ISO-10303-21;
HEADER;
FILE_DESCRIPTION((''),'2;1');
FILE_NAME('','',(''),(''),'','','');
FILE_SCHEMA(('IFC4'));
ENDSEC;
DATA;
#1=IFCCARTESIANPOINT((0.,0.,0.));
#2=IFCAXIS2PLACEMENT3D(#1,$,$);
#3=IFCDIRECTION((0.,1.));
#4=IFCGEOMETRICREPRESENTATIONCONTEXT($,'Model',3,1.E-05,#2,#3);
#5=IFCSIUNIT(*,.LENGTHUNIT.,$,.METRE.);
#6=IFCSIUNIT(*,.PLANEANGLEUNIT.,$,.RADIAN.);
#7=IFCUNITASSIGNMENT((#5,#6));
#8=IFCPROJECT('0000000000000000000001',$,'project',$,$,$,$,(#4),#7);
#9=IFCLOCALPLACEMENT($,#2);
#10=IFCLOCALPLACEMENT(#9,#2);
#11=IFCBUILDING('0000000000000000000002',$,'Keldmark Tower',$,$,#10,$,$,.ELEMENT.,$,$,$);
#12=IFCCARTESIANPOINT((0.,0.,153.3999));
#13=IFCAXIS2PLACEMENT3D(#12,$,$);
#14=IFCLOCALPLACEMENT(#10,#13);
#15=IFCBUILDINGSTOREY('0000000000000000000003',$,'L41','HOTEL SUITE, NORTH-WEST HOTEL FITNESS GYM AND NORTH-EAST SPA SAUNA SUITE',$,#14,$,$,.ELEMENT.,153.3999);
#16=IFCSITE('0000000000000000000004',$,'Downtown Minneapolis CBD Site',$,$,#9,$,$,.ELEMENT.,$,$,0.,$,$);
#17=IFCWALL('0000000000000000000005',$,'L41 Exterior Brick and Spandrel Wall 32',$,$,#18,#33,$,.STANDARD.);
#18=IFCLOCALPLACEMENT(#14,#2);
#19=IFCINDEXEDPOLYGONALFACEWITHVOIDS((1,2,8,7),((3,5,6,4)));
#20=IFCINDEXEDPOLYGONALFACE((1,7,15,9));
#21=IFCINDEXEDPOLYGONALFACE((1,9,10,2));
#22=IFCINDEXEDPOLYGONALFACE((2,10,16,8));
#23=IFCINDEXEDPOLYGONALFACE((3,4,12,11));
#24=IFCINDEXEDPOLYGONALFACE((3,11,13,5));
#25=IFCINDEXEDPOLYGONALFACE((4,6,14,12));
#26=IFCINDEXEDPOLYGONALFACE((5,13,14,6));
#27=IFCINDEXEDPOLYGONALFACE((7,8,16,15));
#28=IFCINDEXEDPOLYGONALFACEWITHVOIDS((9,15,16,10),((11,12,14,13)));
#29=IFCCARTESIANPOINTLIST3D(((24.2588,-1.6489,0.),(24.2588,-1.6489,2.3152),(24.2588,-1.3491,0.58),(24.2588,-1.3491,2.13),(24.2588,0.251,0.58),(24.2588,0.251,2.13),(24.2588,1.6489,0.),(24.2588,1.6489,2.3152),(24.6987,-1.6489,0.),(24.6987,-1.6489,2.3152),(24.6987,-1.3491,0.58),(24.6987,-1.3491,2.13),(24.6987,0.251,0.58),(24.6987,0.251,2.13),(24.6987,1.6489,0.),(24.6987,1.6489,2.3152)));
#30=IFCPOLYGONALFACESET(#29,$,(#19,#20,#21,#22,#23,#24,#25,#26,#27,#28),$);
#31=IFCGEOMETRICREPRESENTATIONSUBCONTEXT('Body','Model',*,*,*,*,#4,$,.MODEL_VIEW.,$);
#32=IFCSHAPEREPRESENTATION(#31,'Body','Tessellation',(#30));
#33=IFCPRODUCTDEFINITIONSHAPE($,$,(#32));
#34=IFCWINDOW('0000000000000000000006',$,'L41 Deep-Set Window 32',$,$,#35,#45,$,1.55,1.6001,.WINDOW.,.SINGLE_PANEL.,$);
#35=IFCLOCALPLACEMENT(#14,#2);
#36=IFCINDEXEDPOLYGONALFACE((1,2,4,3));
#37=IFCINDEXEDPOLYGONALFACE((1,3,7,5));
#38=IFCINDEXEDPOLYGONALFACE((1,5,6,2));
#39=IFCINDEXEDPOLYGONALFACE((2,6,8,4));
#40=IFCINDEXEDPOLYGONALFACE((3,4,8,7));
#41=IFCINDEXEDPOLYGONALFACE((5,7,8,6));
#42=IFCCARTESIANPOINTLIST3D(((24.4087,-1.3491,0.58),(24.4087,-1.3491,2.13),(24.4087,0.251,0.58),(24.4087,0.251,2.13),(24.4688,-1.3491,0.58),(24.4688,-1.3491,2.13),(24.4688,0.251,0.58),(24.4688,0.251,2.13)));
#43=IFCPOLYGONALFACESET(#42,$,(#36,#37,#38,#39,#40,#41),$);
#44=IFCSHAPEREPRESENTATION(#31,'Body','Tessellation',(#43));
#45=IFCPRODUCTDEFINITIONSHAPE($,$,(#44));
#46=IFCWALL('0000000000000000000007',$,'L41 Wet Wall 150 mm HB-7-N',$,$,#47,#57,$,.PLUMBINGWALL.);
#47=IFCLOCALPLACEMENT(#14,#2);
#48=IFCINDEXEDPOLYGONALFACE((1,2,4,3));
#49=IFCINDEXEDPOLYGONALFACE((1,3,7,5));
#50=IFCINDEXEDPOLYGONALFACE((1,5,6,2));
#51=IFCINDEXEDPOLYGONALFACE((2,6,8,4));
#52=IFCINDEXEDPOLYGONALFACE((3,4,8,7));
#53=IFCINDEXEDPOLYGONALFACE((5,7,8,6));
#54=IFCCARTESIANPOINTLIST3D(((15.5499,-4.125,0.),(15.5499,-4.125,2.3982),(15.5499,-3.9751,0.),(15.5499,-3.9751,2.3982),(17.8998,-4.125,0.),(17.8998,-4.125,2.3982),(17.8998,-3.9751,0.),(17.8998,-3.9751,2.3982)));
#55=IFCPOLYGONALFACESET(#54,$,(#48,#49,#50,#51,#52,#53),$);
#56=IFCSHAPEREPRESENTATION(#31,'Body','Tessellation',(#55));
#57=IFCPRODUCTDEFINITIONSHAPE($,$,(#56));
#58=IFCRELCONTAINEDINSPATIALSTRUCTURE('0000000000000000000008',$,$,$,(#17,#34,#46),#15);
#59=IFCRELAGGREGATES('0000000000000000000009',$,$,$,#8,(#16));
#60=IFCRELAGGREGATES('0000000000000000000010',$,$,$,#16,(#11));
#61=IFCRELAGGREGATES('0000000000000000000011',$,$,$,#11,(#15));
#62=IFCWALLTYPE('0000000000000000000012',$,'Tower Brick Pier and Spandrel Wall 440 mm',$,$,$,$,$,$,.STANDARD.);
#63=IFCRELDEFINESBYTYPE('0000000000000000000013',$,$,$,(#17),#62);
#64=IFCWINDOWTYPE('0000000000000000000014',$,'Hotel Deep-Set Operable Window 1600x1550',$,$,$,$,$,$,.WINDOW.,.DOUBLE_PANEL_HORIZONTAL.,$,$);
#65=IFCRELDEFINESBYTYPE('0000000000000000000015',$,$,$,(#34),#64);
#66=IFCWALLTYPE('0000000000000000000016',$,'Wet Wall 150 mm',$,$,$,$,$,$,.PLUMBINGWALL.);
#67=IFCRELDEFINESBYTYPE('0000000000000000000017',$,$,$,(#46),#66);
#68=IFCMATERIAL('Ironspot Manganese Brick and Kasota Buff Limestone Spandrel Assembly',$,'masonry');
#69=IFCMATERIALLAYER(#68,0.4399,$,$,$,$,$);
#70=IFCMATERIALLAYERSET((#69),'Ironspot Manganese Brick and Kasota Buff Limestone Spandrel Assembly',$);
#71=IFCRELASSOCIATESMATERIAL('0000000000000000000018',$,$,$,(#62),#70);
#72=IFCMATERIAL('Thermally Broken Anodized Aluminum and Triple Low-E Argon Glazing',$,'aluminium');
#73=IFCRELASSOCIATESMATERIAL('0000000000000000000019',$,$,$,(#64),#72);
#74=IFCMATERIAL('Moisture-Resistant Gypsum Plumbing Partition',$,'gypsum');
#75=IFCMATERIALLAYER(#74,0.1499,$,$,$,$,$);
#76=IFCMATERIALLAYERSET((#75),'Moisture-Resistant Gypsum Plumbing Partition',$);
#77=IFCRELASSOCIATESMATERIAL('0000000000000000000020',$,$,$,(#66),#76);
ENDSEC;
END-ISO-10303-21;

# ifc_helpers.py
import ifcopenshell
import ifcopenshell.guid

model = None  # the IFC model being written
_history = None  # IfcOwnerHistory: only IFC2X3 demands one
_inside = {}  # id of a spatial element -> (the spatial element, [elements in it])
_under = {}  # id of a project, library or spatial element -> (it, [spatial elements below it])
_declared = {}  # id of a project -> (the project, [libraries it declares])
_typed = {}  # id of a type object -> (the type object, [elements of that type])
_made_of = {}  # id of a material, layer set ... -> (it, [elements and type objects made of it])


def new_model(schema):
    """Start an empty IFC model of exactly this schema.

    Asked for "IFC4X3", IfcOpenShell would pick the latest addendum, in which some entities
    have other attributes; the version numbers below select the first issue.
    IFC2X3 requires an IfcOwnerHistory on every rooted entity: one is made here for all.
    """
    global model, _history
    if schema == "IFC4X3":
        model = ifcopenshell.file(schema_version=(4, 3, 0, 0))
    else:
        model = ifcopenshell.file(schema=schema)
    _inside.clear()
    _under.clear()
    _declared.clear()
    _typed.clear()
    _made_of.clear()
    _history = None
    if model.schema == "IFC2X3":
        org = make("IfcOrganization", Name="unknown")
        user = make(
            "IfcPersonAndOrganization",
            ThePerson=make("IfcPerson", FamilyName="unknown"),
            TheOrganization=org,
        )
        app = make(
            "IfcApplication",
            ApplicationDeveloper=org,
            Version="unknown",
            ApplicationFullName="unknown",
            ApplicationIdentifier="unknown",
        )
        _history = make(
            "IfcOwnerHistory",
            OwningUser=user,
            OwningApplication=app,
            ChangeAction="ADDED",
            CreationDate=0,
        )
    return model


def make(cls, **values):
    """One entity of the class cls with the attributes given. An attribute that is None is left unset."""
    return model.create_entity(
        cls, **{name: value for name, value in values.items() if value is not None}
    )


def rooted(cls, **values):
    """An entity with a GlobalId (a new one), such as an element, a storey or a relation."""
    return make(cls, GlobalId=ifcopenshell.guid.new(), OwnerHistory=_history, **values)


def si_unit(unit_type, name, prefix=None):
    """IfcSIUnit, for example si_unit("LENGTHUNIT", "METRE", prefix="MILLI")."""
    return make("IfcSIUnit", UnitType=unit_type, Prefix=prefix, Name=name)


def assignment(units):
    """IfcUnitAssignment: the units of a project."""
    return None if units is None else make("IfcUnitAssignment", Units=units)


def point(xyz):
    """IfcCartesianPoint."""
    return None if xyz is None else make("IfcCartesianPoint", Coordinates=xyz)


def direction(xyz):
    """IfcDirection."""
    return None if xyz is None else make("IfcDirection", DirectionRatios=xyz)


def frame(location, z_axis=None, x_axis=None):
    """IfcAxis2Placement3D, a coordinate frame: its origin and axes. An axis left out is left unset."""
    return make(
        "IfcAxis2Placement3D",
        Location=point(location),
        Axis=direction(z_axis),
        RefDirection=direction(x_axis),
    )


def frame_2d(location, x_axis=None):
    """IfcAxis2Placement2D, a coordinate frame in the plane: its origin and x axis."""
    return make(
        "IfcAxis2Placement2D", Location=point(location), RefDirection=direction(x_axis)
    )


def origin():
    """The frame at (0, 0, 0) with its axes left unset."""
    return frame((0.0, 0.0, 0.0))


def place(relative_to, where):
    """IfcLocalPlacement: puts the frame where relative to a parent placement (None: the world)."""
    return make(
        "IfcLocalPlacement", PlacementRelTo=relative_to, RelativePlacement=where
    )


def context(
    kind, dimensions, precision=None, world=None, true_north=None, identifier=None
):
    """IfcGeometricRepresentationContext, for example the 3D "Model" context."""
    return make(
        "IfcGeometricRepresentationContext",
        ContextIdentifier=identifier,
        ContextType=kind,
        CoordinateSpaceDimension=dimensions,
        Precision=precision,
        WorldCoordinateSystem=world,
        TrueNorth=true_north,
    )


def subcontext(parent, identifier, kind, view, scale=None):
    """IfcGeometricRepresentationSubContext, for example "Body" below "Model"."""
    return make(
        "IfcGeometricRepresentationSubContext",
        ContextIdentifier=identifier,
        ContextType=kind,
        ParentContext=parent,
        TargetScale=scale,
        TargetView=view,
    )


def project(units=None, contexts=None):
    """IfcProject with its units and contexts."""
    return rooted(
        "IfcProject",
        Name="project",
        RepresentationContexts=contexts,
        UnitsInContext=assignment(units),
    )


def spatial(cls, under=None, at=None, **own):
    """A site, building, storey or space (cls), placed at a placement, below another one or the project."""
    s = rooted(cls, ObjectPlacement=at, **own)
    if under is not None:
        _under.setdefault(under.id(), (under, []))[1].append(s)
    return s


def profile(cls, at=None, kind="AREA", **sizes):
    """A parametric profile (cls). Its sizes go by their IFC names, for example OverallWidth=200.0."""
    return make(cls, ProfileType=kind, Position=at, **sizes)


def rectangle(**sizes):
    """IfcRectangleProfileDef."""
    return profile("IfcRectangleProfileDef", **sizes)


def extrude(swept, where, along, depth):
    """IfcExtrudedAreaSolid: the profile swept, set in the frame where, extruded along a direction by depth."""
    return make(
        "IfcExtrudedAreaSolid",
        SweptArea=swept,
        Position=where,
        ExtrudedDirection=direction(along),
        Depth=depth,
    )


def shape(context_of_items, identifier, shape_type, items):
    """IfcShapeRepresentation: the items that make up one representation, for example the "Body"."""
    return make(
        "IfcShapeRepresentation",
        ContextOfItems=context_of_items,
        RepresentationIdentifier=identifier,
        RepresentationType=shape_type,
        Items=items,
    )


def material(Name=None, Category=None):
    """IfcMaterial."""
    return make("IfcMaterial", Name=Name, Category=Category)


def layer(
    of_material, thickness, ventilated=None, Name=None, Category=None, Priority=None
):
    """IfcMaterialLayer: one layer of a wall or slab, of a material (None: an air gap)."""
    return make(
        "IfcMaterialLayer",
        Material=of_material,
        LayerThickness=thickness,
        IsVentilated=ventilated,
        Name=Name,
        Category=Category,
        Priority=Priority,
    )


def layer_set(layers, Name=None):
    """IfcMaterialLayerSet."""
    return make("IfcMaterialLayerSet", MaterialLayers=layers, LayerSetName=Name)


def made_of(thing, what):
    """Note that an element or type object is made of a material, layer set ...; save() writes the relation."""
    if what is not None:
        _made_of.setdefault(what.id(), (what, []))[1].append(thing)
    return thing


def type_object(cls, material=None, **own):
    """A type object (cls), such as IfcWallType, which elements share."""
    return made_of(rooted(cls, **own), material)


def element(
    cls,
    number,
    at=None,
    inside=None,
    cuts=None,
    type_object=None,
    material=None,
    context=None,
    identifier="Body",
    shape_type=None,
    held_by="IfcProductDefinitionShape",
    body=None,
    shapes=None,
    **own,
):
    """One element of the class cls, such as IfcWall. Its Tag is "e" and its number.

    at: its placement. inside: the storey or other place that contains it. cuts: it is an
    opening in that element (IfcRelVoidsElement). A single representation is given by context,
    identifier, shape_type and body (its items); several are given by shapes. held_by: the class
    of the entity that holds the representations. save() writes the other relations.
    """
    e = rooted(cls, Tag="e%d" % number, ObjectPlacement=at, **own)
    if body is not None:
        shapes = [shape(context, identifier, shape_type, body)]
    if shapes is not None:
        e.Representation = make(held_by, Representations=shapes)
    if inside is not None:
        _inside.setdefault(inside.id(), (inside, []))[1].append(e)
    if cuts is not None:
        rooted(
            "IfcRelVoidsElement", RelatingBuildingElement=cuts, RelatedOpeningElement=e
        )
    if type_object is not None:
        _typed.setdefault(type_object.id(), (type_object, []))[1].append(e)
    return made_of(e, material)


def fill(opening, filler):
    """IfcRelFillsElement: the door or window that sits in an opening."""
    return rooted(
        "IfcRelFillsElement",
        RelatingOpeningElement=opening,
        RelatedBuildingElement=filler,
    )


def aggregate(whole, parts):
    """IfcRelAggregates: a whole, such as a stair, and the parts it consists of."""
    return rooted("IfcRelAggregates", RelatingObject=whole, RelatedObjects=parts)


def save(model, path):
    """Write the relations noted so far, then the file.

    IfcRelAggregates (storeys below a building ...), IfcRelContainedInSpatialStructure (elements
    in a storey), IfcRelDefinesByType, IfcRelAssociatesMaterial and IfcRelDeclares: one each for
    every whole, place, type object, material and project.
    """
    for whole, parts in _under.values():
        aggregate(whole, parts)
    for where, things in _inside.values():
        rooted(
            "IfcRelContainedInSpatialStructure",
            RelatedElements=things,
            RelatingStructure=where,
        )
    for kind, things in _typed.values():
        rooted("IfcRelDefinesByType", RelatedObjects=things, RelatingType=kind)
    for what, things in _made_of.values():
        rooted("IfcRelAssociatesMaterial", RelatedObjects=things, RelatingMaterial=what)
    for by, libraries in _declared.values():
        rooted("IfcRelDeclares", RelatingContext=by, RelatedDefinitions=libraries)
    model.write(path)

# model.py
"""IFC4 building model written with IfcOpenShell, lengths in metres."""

from ifc_helpers import new_model, si_unit, direction, frame, frame_2d, origin, place, context, subcontext, project, spatial, rectangle, extrude, material, layer, layer_set, type_object, element, fill, save


model = new_model("IFC4")

# Units and contexts
model_context = context("Model", 3, precision=1e-05, world=origin(), true_north=direction((0.0, 1.0)))
body_context = subcontext(model_context, "Body", "Model", "MODEL_VIEW")
ifc_project = project(units=[si_unit("LENGTHUNIT", "METRE"), si_unit("PLANEANGLEUNIT", "RADIAN")], contexts=[model_context])

# Site, building, storey
site_placement = place(None, origin())
site = spatial("IfcSite", under=ifc_project, at=site_placement, Name="Downtown Minneapolis CBD Site", CompositionType="ELEMENT", RefElevation=0.0)
building_placement = place(site_placement, origin())
building = spatial("IfcBuilding", under=site, at=building_placement, Name="Keldmark Tower", CompositionType="ELEMENT")
storey_placement = place(building_placement, frame((0.0, 0.0, 153.3999)))
storey = spatial("IfcBuildingStorey", under=building, at=storey_placement, Name="L41", Description="HOTEL SUITE, NORTH-WEST HOTEL FITNESS GYM AND NORTH-EAST SPA SAUNA SUITE", CompositionType="ELEMENT", Elevation=153.3999)

# Wall, opening, window
ifc_material_1 = material(Name="Ironspot Manganese Brick and Kasota Buff Limestone Spandrel Assembly", Category="masonry")
ifc_layer_1 = layer(ifc_material_1, 0.4399)
ifc_layer_set_1 = layer_set([ifc_layer_1], Name="Ironspot Manganese Brick and Kasota Buff Limestone Spandrel Assembly")
wall_type_1 = type_object("IfcWallType", Name="Tower Brick Pier and Spandrel Wall 440 mm", PredefinedType="STANDARD", material=ifc_layer_set_1)
ifc_material_2 = material(Name="Thermally Broken Anodized Aluminum and Triple Low-E Argon Glazing", Category="aluminium")
window_type = type_object("IfcWindowType", Name="Hotel Deep-Set Operable Window 1600x1550", PartitioningType="DOUBLE_PANEL_HORIZONTAL", PredefinedType="WINDOW", material=ifc_material_2)
wall_1_placement = place(storey_placement, frame((24.4788, 1.6489, 0.0), z_axis=(0.0, 0.0, 1.0), x_axis=(0.0, -1.0, 0.0)))
wall_1 = element("IfcWall", 1, at=wall_1_placement, inside=storey, type_object=wall_type_1, Name="L41 Exterior Brick and Spandrel Wall 32", PredefinedType="STANDARD", context=body_context, shape_type="SweptSolid", body=[
    extrude(rectangle(XDim=3.2979, YDim=0.4399, at=frame_2d((1.6489, 0.0))), origin(), (0.0, 0.0, 1.0), 2.3152),
])
opening_1_placement = place(wall_1_placement, frame((1.3979, 0.0, 0.5801)))
opening_1 = element("IfcOpeningElement", 2, at=opening_1_placement, cuts=wall_1, PredefinedType="OPENING", context=body_context, shape_type="SweptSolid", body=[
    extrude(rectangle(XDim=1.6001, YDim=1.55, at=frame_2d((0.8, 0.7749))), frame((0.0, 0.23, 0.0), z_axis=(0.0, -1.0, 0.0), x_axis=(1.0, 0.0, 0.0)), (0.0, 0.0, 1.0), 0.46),
])
window_1_placement = place(opening_1_placement, origin())
window_1 = element("IfcWindow", 3, at=window_1_placement, inside=storey, type_object=window_type, Name="L41 Deep-Set Window 32", OverallHeight=1.55, OverallWidth=1.6001, PartitioningType="SINGLE_PANEL", PredefinedType="WINDOW", context=body_context, shape_type="SweptSolid", body=[
    extrude(rectangle(XDim=1.6001, YDim=1.55, at=frame_2d((0.8, 0.7749))), frame((0.0, -0.01, 0.0), z_axis=(0.0, -1.0, 0.0), x_axis=(1.0, 0.0, 0.0)), (0.0, 0.0, 1.0), 0.0601),
])
fill(opening_1, window_1)

# Wall
ifc_material_3 = material(Name="Moisture-Resistant Gypsum Plumbing Partition", Category="gypsum")
ifc_layer_2 = layer(ifc_material_3, 0.1499)
ifc_layer_set_2 = layer_set([ifc_layer_2], Name="Moisture-Resistant Gypsum Plumbing Partition")
wall_type_2 = type_object("IfcWallType", Name="Wet Wall 150 mm", PredefinedType="PLUMBINGWALL", material=ifc_layer_set_2)
wall_2_placement = place(storey_placement, frame((15.55, -4.05, 0.0), z_axis=(0.0, 0.0, 1.0), x_axis=(1.0, 0.0, 0.0)))
element("IfcWall", 4, at=wall_2_placement, inside=storey, type_object=wall_type_2, Name="L41 Wet Wall 150 mm HB-7-N", PredefinedType="PLUMBINGWALL", context=body_context, shape_type="SweptSolid", body=[
    extrude(rectangle(XDim=2.3499, YDim=0.1499, at=frame_2d((1.1748, 0.0))), origin(), (0.0, 0.0, 1.0), 2.3982),
])

save(model, "model.ifc")
